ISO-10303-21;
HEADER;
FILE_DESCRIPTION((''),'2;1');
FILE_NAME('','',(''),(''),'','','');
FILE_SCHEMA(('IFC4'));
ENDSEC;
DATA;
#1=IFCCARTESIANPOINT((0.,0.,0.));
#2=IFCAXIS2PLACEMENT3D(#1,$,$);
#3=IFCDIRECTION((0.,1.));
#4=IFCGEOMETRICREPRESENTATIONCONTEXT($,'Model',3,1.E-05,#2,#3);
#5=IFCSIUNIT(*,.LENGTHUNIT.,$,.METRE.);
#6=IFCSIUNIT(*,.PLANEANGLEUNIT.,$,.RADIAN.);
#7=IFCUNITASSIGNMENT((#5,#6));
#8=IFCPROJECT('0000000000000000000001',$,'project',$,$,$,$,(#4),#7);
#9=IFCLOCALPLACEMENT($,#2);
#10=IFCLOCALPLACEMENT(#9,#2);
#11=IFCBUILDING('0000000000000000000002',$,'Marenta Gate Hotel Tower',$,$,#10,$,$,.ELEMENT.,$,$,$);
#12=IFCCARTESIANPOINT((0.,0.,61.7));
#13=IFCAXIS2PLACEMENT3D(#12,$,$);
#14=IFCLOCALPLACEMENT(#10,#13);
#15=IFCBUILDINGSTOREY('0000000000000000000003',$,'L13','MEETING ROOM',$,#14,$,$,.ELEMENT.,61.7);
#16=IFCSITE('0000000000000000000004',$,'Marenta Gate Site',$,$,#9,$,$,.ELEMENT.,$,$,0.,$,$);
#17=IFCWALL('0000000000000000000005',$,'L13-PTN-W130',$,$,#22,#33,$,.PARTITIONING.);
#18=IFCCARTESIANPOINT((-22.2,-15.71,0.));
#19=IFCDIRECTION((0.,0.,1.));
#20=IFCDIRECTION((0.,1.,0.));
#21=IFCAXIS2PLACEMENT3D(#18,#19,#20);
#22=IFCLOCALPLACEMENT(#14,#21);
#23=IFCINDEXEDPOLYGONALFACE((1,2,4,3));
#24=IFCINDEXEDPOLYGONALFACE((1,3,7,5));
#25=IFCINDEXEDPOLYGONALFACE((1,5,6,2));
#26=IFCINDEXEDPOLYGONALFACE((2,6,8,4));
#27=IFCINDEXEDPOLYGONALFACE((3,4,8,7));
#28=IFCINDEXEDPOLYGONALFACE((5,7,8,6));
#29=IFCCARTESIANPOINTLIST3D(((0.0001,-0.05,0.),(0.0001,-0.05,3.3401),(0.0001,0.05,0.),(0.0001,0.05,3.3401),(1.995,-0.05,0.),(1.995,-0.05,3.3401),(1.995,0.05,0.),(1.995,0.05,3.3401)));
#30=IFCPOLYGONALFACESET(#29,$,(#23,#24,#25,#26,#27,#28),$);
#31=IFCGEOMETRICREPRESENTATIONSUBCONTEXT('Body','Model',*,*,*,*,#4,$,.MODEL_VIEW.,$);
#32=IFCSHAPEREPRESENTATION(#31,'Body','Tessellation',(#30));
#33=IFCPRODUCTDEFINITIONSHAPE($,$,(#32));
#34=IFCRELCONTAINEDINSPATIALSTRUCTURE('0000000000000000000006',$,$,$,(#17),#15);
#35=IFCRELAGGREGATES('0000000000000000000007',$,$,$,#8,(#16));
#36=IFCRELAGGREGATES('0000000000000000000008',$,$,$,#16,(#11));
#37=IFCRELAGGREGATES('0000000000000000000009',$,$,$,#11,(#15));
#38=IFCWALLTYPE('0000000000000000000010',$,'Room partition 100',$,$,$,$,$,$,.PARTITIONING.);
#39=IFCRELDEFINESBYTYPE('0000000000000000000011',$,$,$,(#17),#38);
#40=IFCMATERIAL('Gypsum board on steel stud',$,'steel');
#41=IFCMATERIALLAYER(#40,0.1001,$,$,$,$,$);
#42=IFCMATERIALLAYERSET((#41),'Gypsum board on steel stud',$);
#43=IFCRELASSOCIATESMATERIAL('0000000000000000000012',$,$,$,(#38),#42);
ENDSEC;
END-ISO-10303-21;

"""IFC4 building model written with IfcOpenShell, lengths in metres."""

from ifc_helpers import new_model, si_unit, direction, frame, frame_2d, origin, place, context, subcontext, project, spatial, rectangle, extrude, material, layer, layer_set, type_object, element, save


model = new_model("IFC4")

# Units and contexts
model_context = context("Model", 3, precision=1e-05, world=origin(), true_north=direction((0.0, 1.0)))
body_context = subcontext(model_context, "Body", "Model", "MODEL_VIEW")
ifc_project = project(units=[si_unit("LENGTHUNIT", "METRE"), si_unit("PLANEANGLEUNIT", "RADIAN")], contexts=[model_context])

# Site, building, storey
site_placement = place(None, origin())
site = spatial("IfcSite", under=ifc_project, at=site_placement, Name="Marenta Gate Site", CompositionType="ELEMENT", RefElevation=0.0)
building_placement = place(site_placement, origin())
building = spatial("IfcBuilding", under=site, at=building_placement, Name="Marenta Gate Hotel Tower", CompositionType="ELEMENT")
storey_placement = place(building_placement, frame((0.0, 0.0, 61.7)))
storey = spatial("IfcBuildingStorey", under=building, at=storey_placement, Name="L13", Description="MEETING ROOM", CompositionType="ELEMENT", Elevation=61.7)

# Shared definitions
ifc_material_1 = material(Name="Gypsum board on steel stud", Category="steel")
ifc_layer_1 = layer(ifc_material_1, 0.1001)
ifc_layer_set_1 = layer_set([ifc_layer_1], Name="Gypsum board on steel stud")
wall_type = type_object("IfcWallType", Name="Room partition 100", PredefinedType="PARTITIONING", material=ifc_layer_set_1)

# Wall
wall_1_placement = place(storey_placement, frame((-22.2, -15.71, 0.0), z_axis=(0.0, 0.0, 1.0), x_axis=(0.0, 1.0, 0.0)))
element("IfcWall", 1, at=wall_1_placement, inside=storey, type_object=wall_type, Name="L13-PTN-W130", PredefinedType="PARTITIONING", context=body_context, shape_type="SweptSolid", body=[
    extrude(rectangle(XDim=1.9949, YDim=0.1001, at=frame_2d((0.9976, 0.0))), origin(), (0.0, 0.0, 1.0), 3.3401),
])

save(model, "model.ifc")
